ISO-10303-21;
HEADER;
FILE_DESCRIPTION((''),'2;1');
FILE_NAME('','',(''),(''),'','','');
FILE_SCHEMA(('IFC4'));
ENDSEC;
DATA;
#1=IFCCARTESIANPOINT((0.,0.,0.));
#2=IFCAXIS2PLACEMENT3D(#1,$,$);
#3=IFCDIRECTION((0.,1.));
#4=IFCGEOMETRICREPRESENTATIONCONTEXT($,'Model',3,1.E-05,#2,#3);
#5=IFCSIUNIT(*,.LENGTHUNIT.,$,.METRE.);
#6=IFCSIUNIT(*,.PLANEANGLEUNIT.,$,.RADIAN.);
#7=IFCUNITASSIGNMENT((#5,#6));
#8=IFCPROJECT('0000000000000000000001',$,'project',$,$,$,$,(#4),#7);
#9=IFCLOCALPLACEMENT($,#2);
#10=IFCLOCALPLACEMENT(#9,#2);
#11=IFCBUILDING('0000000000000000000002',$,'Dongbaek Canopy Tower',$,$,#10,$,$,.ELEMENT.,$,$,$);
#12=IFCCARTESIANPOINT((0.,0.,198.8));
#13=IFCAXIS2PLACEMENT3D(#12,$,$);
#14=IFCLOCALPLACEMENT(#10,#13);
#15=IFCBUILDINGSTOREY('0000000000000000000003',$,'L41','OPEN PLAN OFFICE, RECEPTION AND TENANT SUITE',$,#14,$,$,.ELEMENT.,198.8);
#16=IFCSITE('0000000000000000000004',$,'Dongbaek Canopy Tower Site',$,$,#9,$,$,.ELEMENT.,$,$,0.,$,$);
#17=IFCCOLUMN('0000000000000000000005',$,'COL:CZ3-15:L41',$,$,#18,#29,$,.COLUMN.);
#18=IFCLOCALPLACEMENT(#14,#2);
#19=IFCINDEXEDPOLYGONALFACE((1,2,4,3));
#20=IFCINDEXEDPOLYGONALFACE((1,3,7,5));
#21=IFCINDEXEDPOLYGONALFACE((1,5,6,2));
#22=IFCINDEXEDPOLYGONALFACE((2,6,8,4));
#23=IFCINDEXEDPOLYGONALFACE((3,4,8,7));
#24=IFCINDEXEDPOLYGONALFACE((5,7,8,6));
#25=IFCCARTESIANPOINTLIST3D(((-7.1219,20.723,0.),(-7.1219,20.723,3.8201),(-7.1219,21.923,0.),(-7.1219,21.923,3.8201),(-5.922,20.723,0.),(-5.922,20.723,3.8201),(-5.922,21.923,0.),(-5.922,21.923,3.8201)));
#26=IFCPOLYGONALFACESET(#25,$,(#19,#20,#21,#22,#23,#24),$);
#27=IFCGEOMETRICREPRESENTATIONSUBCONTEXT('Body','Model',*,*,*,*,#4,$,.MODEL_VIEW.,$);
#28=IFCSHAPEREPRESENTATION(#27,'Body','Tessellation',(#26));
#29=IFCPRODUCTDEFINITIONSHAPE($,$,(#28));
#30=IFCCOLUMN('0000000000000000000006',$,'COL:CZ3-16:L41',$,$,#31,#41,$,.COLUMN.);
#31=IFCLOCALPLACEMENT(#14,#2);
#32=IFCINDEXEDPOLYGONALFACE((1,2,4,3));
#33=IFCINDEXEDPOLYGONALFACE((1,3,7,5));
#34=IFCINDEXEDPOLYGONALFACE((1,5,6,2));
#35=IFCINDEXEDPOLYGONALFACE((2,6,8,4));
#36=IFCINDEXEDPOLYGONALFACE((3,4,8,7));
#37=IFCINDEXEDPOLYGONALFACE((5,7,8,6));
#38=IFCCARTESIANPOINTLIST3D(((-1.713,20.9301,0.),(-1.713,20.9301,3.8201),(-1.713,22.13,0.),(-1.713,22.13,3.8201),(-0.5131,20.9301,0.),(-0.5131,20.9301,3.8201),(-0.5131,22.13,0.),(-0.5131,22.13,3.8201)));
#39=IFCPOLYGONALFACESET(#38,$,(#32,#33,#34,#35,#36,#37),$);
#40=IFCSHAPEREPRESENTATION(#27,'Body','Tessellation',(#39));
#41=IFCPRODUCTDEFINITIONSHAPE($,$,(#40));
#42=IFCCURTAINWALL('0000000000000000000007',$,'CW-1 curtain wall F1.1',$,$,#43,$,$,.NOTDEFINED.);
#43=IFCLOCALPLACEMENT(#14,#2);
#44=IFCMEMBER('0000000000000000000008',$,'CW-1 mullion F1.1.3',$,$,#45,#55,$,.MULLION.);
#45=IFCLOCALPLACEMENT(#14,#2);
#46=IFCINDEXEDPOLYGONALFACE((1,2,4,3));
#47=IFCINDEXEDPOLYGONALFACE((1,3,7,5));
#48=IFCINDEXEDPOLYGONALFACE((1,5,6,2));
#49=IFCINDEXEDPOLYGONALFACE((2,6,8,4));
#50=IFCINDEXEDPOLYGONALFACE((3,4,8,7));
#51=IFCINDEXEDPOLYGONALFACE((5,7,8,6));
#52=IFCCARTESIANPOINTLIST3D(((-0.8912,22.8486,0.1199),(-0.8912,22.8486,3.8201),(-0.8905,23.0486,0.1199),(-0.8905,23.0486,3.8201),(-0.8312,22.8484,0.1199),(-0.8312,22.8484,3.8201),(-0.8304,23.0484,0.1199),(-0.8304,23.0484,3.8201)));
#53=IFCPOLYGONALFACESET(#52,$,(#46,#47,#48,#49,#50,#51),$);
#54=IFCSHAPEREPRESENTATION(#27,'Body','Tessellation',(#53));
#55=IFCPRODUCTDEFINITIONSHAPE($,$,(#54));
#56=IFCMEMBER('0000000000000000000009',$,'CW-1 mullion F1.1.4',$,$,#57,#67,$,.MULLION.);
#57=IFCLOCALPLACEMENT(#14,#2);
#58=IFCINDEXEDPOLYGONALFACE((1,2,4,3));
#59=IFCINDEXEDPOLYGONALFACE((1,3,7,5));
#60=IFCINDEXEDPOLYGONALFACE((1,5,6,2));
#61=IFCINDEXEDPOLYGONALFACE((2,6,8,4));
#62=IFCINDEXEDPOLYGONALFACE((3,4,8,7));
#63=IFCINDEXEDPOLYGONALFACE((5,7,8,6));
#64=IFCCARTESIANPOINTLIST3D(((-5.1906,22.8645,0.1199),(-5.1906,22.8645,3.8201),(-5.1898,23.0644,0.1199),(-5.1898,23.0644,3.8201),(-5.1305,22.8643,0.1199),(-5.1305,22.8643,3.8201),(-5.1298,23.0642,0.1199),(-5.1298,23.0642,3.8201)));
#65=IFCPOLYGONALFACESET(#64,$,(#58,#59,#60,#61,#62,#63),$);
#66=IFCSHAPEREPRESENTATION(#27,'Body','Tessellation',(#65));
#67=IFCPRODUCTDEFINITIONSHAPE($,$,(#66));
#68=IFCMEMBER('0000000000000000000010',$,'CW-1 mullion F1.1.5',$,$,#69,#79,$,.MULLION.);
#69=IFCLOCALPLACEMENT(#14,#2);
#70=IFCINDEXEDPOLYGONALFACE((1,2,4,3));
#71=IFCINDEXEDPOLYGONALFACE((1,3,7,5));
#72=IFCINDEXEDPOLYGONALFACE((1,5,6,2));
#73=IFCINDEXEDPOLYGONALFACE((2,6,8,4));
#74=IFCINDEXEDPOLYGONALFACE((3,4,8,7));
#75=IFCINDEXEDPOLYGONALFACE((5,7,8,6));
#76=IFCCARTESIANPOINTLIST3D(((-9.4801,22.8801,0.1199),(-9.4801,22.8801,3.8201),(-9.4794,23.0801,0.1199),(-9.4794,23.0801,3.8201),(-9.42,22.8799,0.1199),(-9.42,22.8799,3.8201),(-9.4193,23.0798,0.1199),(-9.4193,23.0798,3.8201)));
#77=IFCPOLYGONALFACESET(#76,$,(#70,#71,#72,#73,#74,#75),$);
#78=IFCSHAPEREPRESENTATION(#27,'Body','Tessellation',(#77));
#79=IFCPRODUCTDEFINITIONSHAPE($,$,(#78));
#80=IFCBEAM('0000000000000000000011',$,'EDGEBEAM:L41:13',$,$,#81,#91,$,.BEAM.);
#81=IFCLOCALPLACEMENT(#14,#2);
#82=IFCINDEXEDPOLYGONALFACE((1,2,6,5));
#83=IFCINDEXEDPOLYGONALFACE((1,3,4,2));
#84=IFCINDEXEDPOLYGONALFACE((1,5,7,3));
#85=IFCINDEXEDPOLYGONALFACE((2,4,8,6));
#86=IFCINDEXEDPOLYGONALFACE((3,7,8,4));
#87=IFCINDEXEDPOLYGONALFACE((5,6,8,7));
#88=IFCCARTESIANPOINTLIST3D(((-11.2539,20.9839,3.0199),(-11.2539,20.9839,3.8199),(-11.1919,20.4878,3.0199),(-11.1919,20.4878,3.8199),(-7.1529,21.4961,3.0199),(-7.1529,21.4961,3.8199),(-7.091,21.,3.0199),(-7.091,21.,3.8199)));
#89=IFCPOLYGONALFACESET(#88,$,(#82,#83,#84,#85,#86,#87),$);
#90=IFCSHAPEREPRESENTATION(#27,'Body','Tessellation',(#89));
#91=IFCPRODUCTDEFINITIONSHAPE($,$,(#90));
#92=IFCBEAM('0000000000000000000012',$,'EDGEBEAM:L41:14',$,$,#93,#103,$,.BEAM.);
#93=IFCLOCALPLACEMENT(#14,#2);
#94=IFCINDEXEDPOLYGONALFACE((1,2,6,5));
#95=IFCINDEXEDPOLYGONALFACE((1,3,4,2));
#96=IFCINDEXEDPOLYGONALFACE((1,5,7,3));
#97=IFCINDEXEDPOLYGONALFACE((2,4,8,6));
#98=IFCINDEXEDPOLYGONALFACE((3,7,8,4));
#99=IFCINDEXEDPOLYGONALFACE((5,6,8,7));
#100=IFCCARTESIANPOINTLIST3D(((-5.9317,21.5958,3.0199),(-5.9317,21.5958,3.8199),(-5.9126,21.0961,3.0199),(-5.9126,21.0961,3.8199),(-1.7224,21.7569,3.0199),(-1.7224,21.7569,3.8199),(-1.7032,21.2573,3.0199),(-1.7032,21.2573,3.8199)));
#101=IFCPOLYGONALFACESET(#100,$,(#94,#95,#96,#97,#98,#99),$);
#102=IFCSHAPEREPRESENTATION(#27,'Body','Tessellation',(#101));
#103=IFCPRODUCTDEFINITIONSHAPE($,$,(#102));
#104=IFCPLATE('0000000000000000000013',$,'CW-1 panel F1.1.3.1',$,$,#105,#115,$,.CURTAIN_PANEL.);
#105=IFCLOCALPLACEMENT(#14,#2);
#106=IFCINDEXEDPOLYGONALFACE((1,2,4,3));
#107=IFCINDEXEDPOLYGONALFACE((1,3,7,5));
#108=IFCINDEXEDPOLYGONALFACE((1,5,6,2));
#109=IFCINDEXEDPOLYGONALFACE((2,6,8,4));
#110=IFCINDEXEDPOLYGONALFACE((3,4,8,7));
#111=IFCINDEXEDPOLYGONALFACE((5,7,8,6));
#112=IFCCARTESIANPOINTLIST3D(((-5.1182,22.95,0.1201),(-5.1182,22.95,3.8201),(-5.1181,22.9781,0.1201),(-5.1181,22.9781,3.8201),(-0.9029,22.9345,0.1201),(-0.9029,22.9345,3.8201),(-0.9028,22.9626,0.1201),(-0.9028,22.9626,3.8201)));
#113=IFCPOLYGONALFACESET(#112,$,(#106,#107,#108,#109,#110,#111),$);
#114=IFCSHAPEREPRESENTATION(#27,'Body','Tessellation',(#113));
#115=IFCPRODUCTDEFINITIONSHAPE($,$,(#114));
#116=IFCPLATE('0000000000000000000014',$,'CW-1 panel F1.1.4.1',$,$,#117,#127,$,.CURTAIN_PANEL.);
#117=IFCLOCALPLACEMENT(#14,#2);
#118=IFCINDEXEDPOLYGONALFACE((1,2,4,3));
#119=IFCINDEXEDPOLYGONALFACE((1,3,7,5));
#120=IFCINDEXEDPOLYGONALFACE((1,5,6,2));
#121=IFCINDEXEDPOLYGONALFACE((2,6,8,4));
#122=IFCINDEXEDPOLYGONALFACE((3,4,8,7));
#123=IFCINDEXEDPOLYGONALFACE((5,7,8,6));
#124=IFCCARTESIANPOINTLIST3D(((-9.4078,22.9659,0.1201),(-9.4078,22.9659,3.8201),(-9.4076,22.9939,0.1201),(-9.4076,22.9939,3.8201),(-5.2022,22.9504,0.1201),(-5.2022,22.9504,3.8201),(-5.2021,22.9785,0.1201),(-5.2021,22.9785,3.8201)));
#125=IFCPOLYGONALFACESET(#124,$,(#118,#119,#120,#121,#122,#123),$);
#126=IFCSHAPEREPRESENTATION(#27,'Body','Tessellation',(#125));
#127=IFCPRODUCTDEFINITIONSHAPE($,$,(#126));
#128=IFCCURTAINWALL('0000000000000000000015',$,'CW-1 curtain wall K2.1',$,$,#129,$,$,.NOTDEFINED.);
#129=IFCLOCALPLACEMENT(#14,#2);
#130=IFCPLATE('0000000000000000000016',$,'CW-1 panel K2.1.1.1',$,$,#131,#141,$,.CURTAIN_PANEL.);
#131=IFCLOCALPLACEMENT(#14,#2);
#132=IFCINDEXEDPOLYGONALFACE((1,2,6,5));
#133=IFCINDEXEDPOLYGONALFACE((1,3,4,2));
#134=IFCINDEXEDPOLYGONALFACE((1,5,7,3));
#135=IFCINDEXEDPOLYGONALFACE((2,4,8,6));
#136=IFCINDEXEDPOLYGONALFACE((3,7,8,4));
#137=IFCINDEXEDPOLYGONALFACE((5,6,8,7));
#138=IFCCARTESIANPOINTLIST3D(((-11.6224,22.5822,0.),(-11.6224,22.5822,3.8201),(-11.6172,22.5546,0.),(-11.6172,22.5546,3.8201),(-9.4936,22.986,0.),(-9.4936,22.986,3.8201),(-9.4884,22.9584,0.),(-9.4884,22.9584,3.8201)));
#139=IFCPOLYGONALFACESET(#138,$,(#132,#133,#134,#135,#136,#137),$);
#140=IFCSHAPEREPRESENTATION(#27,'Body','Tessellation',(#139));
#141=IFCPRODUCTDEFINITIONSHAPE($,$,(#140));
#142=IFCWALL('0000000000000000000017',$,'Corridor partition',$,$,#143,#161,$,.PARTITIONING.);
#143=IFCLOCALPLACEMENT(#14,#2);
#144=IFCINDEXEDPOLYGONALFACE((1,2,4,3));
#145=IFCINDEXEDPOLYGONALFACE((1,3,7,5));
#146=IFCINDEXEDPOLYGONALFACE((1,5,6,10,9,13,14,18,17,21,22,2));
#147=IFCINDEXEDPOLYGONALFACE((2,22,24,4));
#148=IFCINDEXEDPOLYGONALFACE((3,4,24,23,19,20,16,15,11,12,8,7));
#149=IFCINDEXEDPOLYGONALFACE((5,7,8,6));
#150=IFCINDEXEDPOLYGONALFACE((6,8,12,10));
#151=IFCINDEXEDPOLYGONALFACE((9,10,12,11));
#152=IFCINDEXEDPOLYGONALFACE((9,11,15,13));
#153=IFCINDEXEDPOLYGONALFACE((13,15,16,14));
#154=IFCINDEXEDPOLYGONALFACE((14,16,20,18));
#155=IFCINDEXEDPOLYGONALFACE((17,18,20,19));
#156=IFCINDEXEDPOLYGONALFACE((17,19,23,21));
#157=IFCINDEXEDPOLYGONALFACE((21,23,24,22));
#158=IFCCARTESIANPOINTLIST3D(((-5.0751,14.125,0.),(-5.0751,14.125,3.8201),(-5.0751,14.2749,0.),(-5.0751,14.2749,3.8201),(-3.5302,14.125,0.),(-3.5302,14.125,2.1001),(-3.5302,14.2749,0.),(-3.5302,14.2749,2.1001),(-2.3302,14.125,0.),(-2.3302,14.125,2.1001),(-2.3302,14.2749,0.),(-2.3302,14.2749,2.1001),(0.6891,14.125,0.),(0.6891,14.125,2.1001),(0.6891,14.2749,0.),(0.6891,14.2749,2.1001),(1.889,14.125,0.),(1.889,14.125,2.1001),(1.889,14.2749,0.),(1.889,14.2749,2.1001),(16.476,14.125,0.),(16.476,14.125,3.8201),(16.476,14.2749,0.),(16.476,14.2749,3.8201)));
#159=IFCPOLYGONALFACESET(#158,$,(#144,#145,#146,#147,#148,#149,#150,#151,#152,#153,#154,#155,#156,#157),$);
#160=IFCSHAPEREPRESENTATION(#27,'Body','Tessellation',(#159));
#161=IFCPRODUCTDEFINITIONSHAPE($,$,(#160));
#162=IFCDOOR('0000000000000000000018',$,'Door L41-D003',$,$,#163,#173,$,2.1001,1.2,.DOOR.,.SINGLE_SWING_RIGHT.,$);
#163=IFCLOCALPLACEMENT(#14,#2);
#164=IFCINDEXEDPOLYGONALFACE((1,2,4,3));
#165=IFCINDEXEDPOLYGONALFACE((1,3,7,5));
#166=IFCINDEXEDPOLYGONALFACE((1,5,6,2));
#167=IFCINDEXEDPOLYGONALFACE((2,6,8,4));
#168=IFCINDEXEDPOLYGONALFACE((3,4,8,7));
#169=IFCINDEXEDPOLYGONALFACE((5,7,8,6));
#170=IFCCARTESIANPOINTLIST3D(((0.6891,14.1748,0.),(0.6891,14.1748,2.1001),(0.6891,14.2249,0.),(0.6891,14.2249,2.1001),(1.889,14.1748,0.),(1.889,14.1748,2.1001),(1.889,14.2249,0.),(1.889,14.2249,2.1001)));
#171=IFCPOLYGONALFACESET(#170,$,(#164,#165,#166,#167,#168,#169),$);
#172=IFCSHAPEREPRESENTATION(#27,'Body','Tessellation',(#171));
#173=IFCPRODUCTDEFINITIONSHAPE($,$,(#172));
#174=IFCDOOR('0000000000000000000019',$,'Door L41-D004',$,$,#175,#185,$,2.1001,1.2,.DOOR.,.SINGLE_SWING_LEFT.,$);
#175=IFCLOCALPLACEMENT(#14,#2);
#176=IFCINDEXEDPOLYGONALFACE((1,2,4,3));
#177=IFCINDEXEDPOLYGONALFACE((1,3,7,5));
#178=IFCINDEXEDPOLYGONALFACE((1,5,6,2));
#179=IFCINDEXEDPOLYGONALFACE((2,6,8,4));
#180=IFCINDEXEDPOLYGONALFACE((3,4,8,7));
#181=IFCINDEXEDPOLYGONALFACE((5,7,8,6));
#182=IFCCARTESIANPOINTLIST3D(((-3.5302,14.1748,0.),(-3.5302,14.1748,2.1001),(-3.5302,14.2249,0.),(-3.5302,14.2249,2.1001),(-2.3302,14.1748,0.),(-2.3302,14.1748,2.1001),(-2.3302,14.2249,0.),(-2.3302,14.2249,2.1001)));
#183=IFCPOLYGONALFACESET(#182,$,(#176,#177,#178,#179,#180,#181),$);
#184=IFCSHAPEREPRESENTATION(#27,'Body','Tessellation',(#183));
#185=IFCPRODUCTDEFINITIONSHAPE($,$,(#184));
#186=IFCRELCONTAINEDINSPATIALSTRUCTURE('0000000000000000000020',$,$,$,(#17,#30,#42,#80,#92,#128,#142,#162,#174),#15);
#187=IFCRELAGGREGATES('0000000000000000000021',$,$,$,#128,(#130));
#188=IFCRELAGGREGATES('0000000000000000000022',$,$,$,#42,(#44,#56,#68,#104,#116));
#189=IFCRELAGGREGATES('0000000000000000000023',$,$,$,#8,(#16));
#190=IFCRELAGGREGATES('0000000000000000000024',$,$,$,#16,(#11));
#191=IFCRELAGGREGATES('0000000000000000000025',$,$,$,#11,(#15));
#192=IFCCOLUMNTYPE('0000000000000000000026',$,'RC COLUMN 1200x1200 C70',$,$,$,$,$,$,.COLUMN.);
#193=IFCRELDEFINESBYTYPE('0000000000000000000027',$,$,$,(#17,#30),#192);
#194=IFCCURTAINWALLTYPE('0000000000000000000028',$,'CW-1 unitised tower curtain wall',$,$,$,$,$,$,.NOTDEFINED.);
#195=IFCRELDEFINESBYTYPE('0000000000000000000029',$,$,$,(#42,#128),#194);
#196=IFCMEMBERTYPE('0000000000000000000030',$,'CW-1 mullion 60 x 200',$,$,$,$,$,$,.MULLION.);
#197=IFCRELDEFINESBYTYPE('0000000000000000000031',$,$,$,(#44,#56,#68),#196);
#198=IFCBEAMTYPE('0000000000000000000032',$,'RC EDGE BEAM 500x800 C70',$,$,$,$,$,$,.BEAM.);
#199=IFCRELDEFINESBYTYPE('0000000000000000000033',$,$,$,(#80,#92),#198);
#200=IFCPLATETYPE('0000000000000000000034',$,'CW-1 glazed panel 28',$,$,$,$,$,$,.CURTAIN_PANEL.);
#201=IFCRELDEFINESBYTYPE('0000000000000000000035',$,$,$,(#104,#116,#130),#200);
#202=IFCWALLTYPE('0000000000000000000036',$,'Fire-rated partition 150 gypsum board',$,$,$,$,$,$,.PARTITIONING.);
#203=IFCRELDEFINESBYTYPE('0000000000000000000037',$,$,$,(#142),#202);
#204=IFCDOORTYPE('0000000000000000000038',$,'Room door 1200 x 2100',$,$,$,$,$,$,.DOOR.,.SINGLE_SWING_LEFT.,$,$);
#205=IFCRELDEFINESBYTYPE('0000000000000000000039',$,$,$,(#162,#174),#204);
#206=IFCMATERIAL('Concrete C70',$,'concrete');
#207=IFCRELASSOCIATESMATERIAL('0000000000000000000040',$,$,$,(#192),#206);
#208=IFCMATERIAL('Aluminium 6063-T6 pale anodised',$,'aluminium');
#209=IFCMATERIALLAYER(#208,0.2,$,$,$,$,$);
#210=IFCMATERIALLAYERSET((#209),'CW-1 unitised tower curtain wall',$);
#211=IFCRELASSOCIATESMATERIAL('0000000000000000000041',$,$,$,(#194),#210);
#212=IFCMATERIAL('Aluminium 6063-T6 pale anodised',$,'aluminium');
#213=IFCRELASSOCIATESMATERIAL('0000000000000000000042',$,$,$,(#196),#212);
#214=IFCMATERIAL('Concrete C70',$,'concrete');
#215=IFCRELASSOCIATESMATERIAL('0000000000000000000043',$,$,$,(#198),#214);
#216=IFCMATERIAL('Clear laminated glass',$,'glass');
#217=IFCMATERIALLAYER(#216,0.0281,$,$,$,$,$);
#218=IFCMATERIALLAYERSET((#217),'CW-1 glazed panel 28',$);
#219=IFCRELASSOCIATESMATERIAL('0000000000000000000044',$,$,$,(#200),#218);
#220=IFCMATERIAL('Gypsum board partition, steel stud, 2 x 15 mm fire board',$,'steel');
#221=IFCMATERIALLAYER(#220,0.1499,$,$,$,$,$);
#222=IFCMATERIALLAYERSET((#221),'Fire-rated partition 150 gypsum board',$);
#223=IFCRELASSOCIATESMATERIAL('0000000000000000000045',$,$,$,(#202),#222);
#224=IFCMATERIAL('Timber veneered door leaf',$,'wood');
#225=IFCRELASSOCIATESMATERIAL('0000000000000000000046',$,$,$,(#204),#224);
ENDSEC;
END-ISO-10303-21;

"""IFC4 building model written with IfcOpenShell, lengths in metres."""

from ifc_helpers import new_model, si_unit, direction, frame, frame_2d, origin, origin_2d, place, context, subcontext, project, spatial, rectangle, extrude, material, layer, layer_set, material_profile, profile_set, type_object, element, fill, aggregate, save


model = new_model("IFC4")

# Units and contexts
model_context = context("Model", 3, precision=1e-05, world=origin(), true_north=direction((0.0, 1.0)))
body_context = subcontext(model_context, "Body", "Model", "MODEL_VIEW")
ifc_project = project(units=[si_unit("LENGTHUNIT", "METRE"), si_unit("PLANEANGLEUNIT", "RADIAN")], contexts=[model_context])

# Site, building, storey
site_placement = place(None, origin())
site = spatial("IfcSite", under=ifc_project, at=site_placement, Name="Dongbaek Canopy Tower Site", CompositionType="ELEMENT", RefElevation=0.0)
building_placement = place(site_placement, origin())
building = spatial("IfcBuilding", under=site, at=building_placement, Name="Dongbaek Canopy Tower", CompositionType="ELEMENT")
storey_placement = place(building_placement, frame((0.0, 0.0, 198.8)))
storey = spatial("IfcBuildingStorey", under=building, at=storey_placement, Name="L41", Description="OPEN PLAN OFFICE, RECEPTION AND TENANT SUITE", CompositionType="ELEMENT", Elevation=198.8)

# Columns
ifc_material_1 = material(Name="Concrete C70", Category="concrete")
ifc_material_profile_1 = material_profile(ifc_material_1, rectangle(XDim=1.2, YDim=1.2, at=origin_2d()), Name="RC COLUMN 1200x1200 C70")
ifc_profile_set_1 = profile_set([ifc_material_profile_1], Name="Concrete C70")
column_type = type_object("IfcColumnType", Name="RC COLUMN 1200x1200 C70", PredefinedType="COLUMN", material=ifc_profile_set_1)
for number, where, z_axis, x_axis, name in (
    (1, (-6.522, 21.323, 0.0), (0.0, 0.0, 1.0), (1.0, 0.0, 0.0), "COL:CZ3-15:L41"),
    (2, (-1.113, 21.53, 0.0), (0.0, 0.0, 1.0), (1.0, 0.0, 0.0), "COL:CZ3-16:L41"),
):
    element("IfcColumn", number, at=place(storey_placement, frame(where, z_axis=z_axis, x_axis=x_axis)), inside=storey, type_object=column_type, Name=name, PredefinedType="COLUMN", context=body_context, shape_type="SweptSolid", body=[
        extrude(rectangle(XDim=1.2, YDim=1.2, at=origin_2d()), origin(), (0.0, 0.0, 1.0), 3.8201),
    ])

# Curtain wall, members
ifc_material_2 = material(Name="Aluminium 6063-T6 pale anodised", Category="aluminium")
ifc_layer_1 = layer(ifc_material_2, 0.2)
ifc_layer_set_1 = layer_set([ifc_layer_1], Name="CW-1 unitised tower curtain wall")
curtain_wall_type = type_object("IfcCurtainWallType", Name="CW-1 unitised tower curtain wall", PredefinedType="NOTDEFINED", material=ifc_layer_set_1)
curtain_wall_1_placement = place(storey_placement, origin())
curtain_wall_1 = element("IfcCurtainWall", 3, at=curtain_wall_1_placement, inside=storey, type_object=curtain_wall_type, Name="CW-1 curtain wall F1.1", PredefinedType="NOTDEFINED")
ifc_material_3 = material(Name="Aluminium 6063-T6 pale anodised", Category="aluminium")
ifc_material_profile_2 = material_profile(ifc_material_3, rectangle(XDim=0.2, YDim=0.0601, at=origin_2d()), Name="CW-1 mullion 60 x 200")
ifc_profile_set_2 = profile_set([ifc_material_profile_2], Name="Aluminium 6063-T6 pale anodised")
member_type = type_object("IfcMemberType", Name="CW-1 mullion 60 x 200", PredefinedType="MULLION", material=ifc_profile_set_2)
member_1_placement = place(storey_placement, frame((-0.8608, 22.9485, 0.1199), z_axis=(0.0, 0.0, 1.0), x_axis=(0.003675, 0.999993, 0.0)))
member_1 = element("IfcMember", 4, at=member_1_placement, type_object=member_type, Name="CW-1 mullion F1.1.3", PredefinedType="MULLION", context=body_context, shape_type="SweptSolid", body=[
    extrude(rectangle(XDim=0.2, YDim=0.0601, at=origin_2d()), origin(), (0.0, 0.0, 1.0), 3.7002),
])
member_2_placement = place(storey_placement, frame((-5.1602, 22.9644, 0.1199), z_axis=(0.0, 0.0, 1.0), x_axis=(0.003675, 0.999993, 0.0)))
member_2 = element("IfcMember", 5, at=member_2_placement, type_object=member_type, Name="CW-1 mullion F1.1.4", PredefinedType="MULLION", context=body_context, shape_type="SweptSolid", body=[
    extrude(rectangle(XDim=0.2, YDim=0.0601, at=origin_2d()), origin(), (0.0, 0.0, 1.0), 3.7002),
])
member_3_placement = place(storey_placement, frame((-9.4497, 22.98, 0.1199), z_axis=(0.0, 0.0, 1.0), x_axis=(0.003675, 0.999993, 0.0)))
member_3 = element("IfcMember", 6, at=member_3_placement, type_object=member_type, Name="CW-1 mullion F1.1.5", PredefinedType="MULLION", context=body_context, shape_type="SweptSolid", body=[
    extrude(rectangle(XDim=0.2, YDim=0.0601, at=origin_2d()), origin(), (0.0, 0.0, 1.0), 3.7002),
])

# Beams
ifc_material_4 = material(Name="Concrete C70", Category="concrete")
ifc_material_profile_3 = material_profile(ifc_material_4, rectangle(XDim=0.5, YDim=0.8, at=origin_2d()), Name="RC EDGE BEAM 500x800 C70")
ifc_profile_set_3 = profile_set([ifc_material_profile_3], Name="Concrete C70")
beam_type = type_object("IfcBeamType", Name="RC EDGE BEAM 500x800 C70", PredefinedType="BEAM", material=ifc_profile_set_3)
beam_1_placement = place(storey_placement, frame((-11.2229, 20.7358, 3.4199), z_axis=(0.99229, 0.12394, 0.0), x_axis=(-0.12394, 0.99229, 0.0)))
element("IfcBeam", 7, at=beam_1_placement, inside=storey, type_object=beam_type, Name="EDGEBEAM:L41:13", PredefinedType="BEAM", context=body_context, shape_type="SweptSolid", body=[
    extrude(rectangle(XDim=0.5, YDim=0.8, at=origin_2d()), origin(), (0.0, 0.0, 1.0), 4.1328),
])
beam_2_placement = place(storey_placement, frame((-5.9221, 21.3459, 3.4199), z_axis=(0.999268, 0.038253, 0.0), x_axis=(-0.038253, 0.999268, 0.0)))
element("IfcBeam", 8, at=beam_2_placement, inside=storey, type_object=beam_type, Name="EDGEBEAM:L41:14", PredefinedType="BEAM", context=body_context, shape_type="SweptSolid", body=[
    extrude(rectangle(XDim=0.5, YDim=0.8, at=origin_2d()), origin(), (0.0, 0.0, 1.0), 4.2124),
])

# Plates
ifc_material_5 = material(Name="Clear laminated glass", Category="glass")
ifc_layer_2 = layer(ifc_material_5, 0.0281)
ifc_layer_set_2 = layer_set([ifc_layer_2], Name="CW-1 glazed panel 28")
plate_type = type_object("IfcPlateType", Name="CW-1 glazed panel 28", PredefinedType="CURTAIN_PANEL", material=ifc_layer_set_2)
plate_1_placement = place(storey_placement, frame((-3.0105, 22.9563, 0.1201), z_axis=(0.0, 0.0, 1.0), x_axis=(-0.999993, 0.003675, 0.0)))
plate_1 = element("IfcPlate", 9, at=plate_1_placement, type_object=plate_type, Name="CW-1 panel F1.1.3.1", PredefinedType="CURTAIN_PANEL", context=body_context, shape_type="SweptSolid", body=[
    extrude(rectangle(XDim=4.2153, YDim=0.0281, at=origin_2d()), origin(), (0.0, 0.0, 1.0), 3.7),
])
plate_2_placement = place(storey_placement, frame((-7.3049, 22.9722, 0.1201), z_axis=(0.0, 0.0, 1.0), x_axis=(-0.999993, 0.003675, 0.0)))
plate_2 = element("IfcPlate", 10, at=plate_2_placement, type_object=plate_type, Name="CW-1 panel F1.1.4.1", PredefinedType="CURTAIN_PANEL", context=body_context, shape_type="SweptSolid", body=[
    extrude(rectangle(XDim=4.2056, YDim=0.0281, at=origin_2d()), origin(), (0.0, 0.0, 1.0), 3.7),
])

# Curtain wall, plate
curtain_wall_2_placement = place(storey_placement, origin())
curtain_wall_2 = element("IfcCurtainWall", 11, at=curtain_wall_2_placement, inside=storey, type_object=curtain_wall_type, Name="CW-1 curtain wall K2.1", PredefinedType="NOTDEFINED")
plate_3_placement = place(storey_placement, frame((-10.5554, 22.7703, 0.0), z_axis=(0.0, 0.0, 1.0), x_axis=(-0.982481, -0.186362, 0.0)))
plate_3 = element("IfcPlate", 12, at=plate_3_placement, type_object=plate_type, Name="CW-1 panel K2.1.1.1", PredefinedType="CURTAIN_PANEL", context=body_context, shape_type="SweptSolid", body=[
    extrude(rectangle(XDim=2.1667, YDim=0.0281, at=origin_2d()), origin(), (0.0, 0.0, 1.0), 3.8201),
])
aggregate(curtain_wall_2, [plate_3])

# Wall, openings, doors
ifc_material_6 = material(Name="Gypsum board partition, steel stud, 2 x 15 mm fire board", Category="steel")
ifc_layer_3 = layer(ifc_material_6, 0.1499)
ifc_layer_set_3 = layer_set([ifc_layer_3], Name="Fire-rated partition 150 gypsum board")
wall_type_1 = type_object("IfcWallType", Name="Fire-rated partition 150 gypsum board", PredefinedType="PARTITIONING", material=ifc_layer_set_3)
wall_1_placement = place(storey_placement, frame((-5.075, 14.2, 0.0), z_axis=(0.0, 0.0, 1.0), x_axis=(1.0, 0.0, 0.0)))
wall_1 = element("IfcWall", 13, at=wall_1_placement, inside=storey, type_object=wall_type_1, Name="Corridor partition", PredefinedType="PARTITIONING", context=body_context, shape_type="SweptSolid", body=[
    extrude(rectangle(XDim=21.551, YDim=0.1499, at=frame_2d((10.7754, 0.0))), origin(), (0.0, 0.0, 1.0), 3.8201),
])
opening_1_placement = place(wall_1_placement, frame((5.7639, 0.0, 0.0)))
opening_1 = element("IfcOpeningElement", 14, at=opening_1_placement, cuts=wall_1, PredefinedType="OPENING", context=body_context, shape_type="SweptSolid", body=[
    extrude(rectangle(XDim=1.2, YDim=2.1001, at=frame_2d((0.6001, 1.05))), frame((0.0, 0.085, 0.0), z_axis=(0.0, -1.0, 0.0), x_axis=(1.0, 0.0, 0.0)), (0.0, 0.0, 1.0), 0.1699),
])
opening_2_placement = place(wall_1_placement, frame((1.5447, 0.0, 0.0)))
opening_2 = element("IfcOpeningElement", 15, at=opening_2_placement, cuts=wall_1, PredefinedType="OPENING", context=body_context, shape_type="SweptSolid", body=[
    extrude(rectangle(XDim=1.2, YDim=2.1001, at=frame_2d((0.6001, 1.05))), frame((0.0, 0.085, 0.0), z_axis=(0.0, -1.0, 0.0), x_axis=(1.0, 0.0, 0.0)), (0.0, 0.0, 1.0), 0.1699),
])
ifc_material_7 = material(Name="Timber veneered door leaf", Category="wood")
door_type = type_object("IfcDoorType", Name="Room door 1200 x 2100", OperationType="SINGLE_SWING_LEFT", PredefinedType="DOOR", material=ifc_material_7)
door_1_placement = place(opening_1_placement, origin())
door_1 = element("IfcDoor", 16, at=door_1_placement, inside=storey, type_object=door_type, Name="Door L41-D003", OperationType="SINGLE_SWING_RIGHT", OverallHeight=2.1001, OverallWidth=1.2, PredefinedType="DOOR", context=body_context, shape_type="SweptSolid", body=[
    extrude(rectangle(XDim=1.2, YDim=2.1001, at=frame_2d((0.6001, 1.05))), frame((0.0, 0.0249, 0.0), z_axis=(0.0, -1.0, 0.0), x_axis=(1.0, 0.0, 0.0)), (0.0, 0.0, 1.0), 0.05),
])
fill(opening_1, door_1)
door_2_placement = place(opening_2_placement, origin())
door_2 = element("IfcDoor", 17, at=door_2_placement, inside=storey, type_object=door_type, Name="Door L41-D004", OperationType="SINGLE_SWING_LEFT", OverallHeight=2.1001, OverallWidth=1.2, PredefinedType="DOOR", context=body_context, shape_type="SweptSolid", body=[
    extrude(rectangle(XDim=1.2, YDim=2.1001, at=frame_2d((0.6001, 1.05))), frame((0.0, 0.0249, 0.0), z_axis=(0.0, -1.0, 0.0), x_axis=(1.0, 0.0, 0.0)), (0.0, 0.0, 1.0), 0.05),
])
fill(opening_2, door_2)

aggregate(curtain_wall_1, [member_1, member_2, member_3, plate_1, plate_2])

save(model, "model.ifc")
